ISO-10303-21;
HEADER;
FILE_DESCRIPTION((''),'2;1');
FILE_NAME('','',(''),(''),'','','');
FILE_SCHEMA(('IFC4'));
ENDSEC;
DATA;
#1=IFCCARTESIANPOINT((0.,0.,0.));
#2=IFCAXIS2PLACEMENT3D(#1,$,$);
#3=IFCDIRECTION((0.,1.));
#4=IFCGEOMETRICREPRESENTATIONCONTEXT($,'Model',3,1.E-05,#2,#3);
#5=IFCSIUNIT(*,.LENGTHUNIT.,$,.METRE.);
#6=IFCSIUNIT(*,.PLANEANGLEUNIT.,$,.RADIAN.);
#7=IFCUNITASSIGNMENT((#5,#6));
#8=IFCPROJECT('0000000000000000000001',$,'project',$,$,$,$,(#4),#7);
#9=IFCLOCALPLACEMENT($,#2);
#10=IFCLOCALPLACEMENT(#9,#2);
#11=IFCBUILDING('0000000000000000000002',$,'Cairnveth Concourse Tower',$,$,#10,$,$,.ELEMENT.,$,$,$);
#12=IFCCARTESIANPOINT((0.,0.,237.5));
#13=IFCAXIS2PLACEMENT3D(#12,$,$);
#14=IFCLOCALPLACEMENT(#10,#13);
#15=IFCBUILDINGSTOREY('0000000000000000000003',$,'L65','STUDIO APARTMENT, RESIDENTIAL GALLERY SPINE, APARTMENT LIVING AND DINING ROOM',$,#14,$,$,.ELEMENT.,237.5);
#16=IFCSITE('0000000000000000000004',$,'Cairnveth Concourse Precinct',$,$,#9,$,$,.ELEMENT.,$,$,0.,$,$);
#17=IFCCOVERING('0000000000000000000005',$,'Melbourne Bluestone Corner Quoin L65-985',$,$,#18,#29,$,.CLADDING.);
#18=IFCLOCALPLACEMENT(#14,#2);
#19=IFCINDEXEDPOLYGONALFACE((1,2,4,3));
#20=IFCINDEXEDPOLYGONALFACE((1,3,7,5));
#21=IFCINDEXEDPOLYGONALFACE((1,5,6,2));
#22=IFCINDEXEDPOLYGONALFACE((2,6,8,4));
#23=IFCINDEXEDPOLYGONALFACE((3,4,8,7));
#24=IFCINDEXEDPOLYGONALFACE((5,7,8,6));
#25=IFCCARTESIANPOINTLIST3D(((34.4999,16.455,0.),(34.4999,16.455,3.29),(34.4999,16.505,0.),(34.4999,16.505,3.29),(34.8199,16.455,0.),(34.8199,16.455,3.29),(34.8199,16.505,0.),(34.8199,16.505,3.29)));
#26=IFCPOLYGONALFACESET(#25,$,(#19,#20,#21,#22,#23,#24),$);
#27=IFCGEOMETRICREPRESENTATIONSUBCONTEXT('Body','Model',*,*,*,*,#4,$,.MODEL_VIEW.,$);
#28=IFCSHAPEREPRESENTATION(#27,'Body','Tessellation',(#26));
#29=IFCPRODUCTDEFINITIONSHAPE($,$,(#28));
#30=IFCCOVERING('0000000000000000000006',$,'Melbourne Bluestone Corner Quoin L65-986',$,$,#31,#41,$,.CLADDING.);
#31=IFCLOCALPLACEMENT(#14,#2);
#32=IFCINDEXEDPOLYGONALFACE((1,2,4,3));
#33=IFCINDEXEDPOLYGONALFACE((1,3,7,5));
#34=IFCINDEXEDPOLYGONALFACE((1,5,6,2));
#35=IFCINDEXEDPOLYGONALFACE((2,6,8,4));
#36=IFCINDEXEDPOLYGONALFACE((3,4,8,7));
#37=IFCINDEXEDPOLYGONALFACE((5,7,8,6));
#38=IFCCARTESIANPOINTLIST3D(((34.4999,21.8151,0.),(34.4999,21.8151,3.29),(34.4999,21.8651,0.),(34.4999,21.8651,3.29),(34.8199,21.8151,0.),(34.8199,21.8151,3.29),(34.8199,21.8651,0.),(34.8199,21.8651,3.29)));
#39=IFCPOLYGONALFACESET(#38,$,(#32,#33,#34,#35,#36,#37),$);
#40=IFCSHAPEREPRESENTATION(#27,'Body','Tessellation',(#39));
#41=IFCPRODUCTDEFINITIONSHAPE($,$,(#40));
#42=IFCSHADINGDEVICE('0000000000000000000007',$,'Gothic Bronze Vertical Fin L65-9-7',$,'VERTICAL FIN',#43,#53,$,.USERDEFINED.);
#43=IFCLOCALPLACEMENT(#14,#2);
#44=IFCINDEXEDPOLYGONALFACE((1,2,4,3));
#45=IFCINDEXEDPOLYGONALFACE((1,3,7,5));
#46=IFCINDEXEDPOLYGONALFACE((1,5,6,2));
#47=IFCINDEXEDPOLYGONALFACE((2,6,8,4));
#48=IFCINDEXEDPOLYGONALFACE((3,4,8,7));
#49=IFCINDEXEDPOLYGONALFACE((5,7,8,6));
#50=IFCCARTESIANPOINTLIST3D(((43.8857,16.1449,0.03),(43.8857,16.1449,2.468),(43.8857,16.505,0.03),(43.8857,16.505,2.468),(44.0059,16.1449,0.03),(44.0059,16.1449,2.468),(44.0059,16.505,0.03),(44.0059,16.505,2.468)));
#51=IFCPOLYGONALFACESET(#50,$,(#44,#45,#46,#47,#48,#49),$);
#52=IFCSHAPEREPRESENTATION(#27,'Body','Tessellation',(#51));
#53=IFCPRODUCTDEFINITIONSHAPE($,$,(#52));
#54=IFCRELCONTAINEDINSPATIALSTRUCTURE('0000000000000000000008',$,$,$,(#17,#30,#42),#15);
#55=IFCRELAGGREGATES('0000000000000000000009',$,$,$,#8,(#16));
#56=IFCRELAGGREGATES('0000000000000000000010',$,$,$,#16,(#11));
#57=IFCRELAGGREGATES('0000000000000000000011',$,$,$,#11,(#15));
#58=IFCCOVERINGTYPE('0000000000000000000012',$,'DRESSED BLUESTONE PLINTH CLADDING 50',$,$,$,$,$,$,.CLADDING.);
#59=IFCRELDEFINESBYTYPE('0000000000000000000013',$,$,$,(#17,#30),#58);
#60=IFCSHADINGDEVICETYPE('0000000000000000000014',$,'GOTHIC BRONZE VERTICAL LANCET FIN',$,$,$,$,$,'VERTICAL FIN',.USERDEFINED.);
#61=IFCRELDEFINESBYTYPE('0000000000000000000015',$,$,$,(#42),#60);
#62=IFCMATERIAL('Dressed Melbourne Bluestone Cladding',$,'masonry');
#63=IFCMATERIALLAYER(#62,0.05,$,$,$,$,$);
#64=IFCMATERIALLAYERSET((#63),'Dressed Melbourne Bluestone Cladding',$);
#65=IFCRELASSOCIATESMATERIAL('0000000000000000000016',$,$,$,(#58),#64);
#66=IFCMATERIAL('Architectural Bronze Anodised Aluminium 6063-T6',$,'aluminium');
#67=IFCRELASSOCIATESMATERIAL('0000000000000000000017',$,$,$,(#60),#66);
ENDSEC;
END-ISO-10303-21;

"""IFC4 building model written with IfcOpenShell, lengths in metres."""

from ifc_helpers import new_model, si_unit, direction, frame, frame_2d, origin, origin_2d, place, context, subcontext, project, spatial, rectangle, extrude, material, layer, layer_set, type_object, element, save


model = new_model("IFC4")

# Units and contexts
model_context = context("Model", 3, precision=1e-05, world=origin(), true_north=direction((0.0, 1.0)))
body_context = subcontext(model_context, "Body", "Model", "MODEL_VIEW")
ifc_project = project(units=[si_unit("LENGTHUNIT", "METRE"), si_unit("PLANEANGLEUNIT", "RADIAN")], contexts=[model_context])

# Site, building, storey
site_placement = place(None, origin())
site = spatial("IfcSite", under=ifc_project, at=site_placement, Name="Cairnveth Concourse Precinct", CompositionType="ELEMENT", RefElevation=0.0)
building_placement = place(site_placement, origin())
building = spatial("IfcBuilding", under=site, at=building_placement, Name="Cairnveth Concourse Tower", CompositionType="ELEMENT")
storey_placement = place(building_placement, frame((0.0, 0.0, 237.5)))
storey = spatial("IfcBuildingStorey", under=building, at=storey_placement, Name="L65", Description="STUDIO APARTMENT, RESIDENTIAL GALLERY SPINE, APARTMENT LIVING AND DINING ROOM", CompositionType="ELEMENT", Elevation=237.5)

# Coverings
ifc_material_1 = material(Name="Dressed Melbourne Bluestone Cladding", Category="masonry")
ifc_layer_1 = layer(ifc_material_1, 0.05)
ifc_layer_set_1 = layer_set([ifc_layer_1], Name="Dressed Melbourne Bluestone Cladding")
covering_type = type_object("IfcCoveringType", Name="DRESSED BLUESTONE PLINTH CLADDING 50", PredefinedType="CLADDING", material=ifc_layer_set_1)
for number, where, z_axis, x_axis, name in (
    (1, (34.8201, 16.48, 0.0), (0.0, 0.0, 1.0), (-1.0, 0.0, 0.0), "Melbourne Bluestone Corner Quoin L65-985"),
    (2, (34.8201, 21.8401, 0.0), (0.0, 0.0, 1.0), (-1.0, 0.0, 0.0), "Melbourne Bluestone Corner Quoin L65-986"),
):
    element("IfcCovering", number, at=place(storey_placement, frame(where, z_axis=z_axis, x_axis=x_axis)), inside=storey, type_object=covering_type, Name=name, PredefinedType="CLADDING", context=body_context, shape_type="SweptSolid", body=[
        extrude(rectangle(XDim=0.3201, YDim=0.05, at=frame_2d((0.1602, 0.0))), origin(), (0.0, 0.0, 1.0), 3.29),
    ])

# Shading device
ifc_material_2 = material(Name="Architectural Bronze Anodised Aluminium 6063-T6", Category="aluminium")
shading_device_type = type_object("IfcShadingDeviceType", Name="GOTHIC BRONZE VERTICAL LANCET FIN", ElementType="VERTICAL FIN", PredefinedType="USERDEFINED", material=ifc_material_2)
shading_device_placement = place(storey_placement, frame((43.9458, 16.325, 0.03), z_axis=(0.0, 0.0, 1.0), x_axis=(1.0, 0.0, 0.0)))
element("IfcShadingDevice", 3, at=shading_device_placement, inside=storey, type_object=shading_device_type, Name="Gothic Bronze Vertical Fin L65-9-7", ObjectType="VERTICAL FIN", PredefinedType="USERDEFINED", context=body_context, shape_type="SweptSolid", body=[
    extrude(rectangle(XDim=0.1201, YDim=0.3601, at=origin_2d()), origin(), (0.0, 0.0, 1.0), 2.438),
])

save(model, "model.ifc")
